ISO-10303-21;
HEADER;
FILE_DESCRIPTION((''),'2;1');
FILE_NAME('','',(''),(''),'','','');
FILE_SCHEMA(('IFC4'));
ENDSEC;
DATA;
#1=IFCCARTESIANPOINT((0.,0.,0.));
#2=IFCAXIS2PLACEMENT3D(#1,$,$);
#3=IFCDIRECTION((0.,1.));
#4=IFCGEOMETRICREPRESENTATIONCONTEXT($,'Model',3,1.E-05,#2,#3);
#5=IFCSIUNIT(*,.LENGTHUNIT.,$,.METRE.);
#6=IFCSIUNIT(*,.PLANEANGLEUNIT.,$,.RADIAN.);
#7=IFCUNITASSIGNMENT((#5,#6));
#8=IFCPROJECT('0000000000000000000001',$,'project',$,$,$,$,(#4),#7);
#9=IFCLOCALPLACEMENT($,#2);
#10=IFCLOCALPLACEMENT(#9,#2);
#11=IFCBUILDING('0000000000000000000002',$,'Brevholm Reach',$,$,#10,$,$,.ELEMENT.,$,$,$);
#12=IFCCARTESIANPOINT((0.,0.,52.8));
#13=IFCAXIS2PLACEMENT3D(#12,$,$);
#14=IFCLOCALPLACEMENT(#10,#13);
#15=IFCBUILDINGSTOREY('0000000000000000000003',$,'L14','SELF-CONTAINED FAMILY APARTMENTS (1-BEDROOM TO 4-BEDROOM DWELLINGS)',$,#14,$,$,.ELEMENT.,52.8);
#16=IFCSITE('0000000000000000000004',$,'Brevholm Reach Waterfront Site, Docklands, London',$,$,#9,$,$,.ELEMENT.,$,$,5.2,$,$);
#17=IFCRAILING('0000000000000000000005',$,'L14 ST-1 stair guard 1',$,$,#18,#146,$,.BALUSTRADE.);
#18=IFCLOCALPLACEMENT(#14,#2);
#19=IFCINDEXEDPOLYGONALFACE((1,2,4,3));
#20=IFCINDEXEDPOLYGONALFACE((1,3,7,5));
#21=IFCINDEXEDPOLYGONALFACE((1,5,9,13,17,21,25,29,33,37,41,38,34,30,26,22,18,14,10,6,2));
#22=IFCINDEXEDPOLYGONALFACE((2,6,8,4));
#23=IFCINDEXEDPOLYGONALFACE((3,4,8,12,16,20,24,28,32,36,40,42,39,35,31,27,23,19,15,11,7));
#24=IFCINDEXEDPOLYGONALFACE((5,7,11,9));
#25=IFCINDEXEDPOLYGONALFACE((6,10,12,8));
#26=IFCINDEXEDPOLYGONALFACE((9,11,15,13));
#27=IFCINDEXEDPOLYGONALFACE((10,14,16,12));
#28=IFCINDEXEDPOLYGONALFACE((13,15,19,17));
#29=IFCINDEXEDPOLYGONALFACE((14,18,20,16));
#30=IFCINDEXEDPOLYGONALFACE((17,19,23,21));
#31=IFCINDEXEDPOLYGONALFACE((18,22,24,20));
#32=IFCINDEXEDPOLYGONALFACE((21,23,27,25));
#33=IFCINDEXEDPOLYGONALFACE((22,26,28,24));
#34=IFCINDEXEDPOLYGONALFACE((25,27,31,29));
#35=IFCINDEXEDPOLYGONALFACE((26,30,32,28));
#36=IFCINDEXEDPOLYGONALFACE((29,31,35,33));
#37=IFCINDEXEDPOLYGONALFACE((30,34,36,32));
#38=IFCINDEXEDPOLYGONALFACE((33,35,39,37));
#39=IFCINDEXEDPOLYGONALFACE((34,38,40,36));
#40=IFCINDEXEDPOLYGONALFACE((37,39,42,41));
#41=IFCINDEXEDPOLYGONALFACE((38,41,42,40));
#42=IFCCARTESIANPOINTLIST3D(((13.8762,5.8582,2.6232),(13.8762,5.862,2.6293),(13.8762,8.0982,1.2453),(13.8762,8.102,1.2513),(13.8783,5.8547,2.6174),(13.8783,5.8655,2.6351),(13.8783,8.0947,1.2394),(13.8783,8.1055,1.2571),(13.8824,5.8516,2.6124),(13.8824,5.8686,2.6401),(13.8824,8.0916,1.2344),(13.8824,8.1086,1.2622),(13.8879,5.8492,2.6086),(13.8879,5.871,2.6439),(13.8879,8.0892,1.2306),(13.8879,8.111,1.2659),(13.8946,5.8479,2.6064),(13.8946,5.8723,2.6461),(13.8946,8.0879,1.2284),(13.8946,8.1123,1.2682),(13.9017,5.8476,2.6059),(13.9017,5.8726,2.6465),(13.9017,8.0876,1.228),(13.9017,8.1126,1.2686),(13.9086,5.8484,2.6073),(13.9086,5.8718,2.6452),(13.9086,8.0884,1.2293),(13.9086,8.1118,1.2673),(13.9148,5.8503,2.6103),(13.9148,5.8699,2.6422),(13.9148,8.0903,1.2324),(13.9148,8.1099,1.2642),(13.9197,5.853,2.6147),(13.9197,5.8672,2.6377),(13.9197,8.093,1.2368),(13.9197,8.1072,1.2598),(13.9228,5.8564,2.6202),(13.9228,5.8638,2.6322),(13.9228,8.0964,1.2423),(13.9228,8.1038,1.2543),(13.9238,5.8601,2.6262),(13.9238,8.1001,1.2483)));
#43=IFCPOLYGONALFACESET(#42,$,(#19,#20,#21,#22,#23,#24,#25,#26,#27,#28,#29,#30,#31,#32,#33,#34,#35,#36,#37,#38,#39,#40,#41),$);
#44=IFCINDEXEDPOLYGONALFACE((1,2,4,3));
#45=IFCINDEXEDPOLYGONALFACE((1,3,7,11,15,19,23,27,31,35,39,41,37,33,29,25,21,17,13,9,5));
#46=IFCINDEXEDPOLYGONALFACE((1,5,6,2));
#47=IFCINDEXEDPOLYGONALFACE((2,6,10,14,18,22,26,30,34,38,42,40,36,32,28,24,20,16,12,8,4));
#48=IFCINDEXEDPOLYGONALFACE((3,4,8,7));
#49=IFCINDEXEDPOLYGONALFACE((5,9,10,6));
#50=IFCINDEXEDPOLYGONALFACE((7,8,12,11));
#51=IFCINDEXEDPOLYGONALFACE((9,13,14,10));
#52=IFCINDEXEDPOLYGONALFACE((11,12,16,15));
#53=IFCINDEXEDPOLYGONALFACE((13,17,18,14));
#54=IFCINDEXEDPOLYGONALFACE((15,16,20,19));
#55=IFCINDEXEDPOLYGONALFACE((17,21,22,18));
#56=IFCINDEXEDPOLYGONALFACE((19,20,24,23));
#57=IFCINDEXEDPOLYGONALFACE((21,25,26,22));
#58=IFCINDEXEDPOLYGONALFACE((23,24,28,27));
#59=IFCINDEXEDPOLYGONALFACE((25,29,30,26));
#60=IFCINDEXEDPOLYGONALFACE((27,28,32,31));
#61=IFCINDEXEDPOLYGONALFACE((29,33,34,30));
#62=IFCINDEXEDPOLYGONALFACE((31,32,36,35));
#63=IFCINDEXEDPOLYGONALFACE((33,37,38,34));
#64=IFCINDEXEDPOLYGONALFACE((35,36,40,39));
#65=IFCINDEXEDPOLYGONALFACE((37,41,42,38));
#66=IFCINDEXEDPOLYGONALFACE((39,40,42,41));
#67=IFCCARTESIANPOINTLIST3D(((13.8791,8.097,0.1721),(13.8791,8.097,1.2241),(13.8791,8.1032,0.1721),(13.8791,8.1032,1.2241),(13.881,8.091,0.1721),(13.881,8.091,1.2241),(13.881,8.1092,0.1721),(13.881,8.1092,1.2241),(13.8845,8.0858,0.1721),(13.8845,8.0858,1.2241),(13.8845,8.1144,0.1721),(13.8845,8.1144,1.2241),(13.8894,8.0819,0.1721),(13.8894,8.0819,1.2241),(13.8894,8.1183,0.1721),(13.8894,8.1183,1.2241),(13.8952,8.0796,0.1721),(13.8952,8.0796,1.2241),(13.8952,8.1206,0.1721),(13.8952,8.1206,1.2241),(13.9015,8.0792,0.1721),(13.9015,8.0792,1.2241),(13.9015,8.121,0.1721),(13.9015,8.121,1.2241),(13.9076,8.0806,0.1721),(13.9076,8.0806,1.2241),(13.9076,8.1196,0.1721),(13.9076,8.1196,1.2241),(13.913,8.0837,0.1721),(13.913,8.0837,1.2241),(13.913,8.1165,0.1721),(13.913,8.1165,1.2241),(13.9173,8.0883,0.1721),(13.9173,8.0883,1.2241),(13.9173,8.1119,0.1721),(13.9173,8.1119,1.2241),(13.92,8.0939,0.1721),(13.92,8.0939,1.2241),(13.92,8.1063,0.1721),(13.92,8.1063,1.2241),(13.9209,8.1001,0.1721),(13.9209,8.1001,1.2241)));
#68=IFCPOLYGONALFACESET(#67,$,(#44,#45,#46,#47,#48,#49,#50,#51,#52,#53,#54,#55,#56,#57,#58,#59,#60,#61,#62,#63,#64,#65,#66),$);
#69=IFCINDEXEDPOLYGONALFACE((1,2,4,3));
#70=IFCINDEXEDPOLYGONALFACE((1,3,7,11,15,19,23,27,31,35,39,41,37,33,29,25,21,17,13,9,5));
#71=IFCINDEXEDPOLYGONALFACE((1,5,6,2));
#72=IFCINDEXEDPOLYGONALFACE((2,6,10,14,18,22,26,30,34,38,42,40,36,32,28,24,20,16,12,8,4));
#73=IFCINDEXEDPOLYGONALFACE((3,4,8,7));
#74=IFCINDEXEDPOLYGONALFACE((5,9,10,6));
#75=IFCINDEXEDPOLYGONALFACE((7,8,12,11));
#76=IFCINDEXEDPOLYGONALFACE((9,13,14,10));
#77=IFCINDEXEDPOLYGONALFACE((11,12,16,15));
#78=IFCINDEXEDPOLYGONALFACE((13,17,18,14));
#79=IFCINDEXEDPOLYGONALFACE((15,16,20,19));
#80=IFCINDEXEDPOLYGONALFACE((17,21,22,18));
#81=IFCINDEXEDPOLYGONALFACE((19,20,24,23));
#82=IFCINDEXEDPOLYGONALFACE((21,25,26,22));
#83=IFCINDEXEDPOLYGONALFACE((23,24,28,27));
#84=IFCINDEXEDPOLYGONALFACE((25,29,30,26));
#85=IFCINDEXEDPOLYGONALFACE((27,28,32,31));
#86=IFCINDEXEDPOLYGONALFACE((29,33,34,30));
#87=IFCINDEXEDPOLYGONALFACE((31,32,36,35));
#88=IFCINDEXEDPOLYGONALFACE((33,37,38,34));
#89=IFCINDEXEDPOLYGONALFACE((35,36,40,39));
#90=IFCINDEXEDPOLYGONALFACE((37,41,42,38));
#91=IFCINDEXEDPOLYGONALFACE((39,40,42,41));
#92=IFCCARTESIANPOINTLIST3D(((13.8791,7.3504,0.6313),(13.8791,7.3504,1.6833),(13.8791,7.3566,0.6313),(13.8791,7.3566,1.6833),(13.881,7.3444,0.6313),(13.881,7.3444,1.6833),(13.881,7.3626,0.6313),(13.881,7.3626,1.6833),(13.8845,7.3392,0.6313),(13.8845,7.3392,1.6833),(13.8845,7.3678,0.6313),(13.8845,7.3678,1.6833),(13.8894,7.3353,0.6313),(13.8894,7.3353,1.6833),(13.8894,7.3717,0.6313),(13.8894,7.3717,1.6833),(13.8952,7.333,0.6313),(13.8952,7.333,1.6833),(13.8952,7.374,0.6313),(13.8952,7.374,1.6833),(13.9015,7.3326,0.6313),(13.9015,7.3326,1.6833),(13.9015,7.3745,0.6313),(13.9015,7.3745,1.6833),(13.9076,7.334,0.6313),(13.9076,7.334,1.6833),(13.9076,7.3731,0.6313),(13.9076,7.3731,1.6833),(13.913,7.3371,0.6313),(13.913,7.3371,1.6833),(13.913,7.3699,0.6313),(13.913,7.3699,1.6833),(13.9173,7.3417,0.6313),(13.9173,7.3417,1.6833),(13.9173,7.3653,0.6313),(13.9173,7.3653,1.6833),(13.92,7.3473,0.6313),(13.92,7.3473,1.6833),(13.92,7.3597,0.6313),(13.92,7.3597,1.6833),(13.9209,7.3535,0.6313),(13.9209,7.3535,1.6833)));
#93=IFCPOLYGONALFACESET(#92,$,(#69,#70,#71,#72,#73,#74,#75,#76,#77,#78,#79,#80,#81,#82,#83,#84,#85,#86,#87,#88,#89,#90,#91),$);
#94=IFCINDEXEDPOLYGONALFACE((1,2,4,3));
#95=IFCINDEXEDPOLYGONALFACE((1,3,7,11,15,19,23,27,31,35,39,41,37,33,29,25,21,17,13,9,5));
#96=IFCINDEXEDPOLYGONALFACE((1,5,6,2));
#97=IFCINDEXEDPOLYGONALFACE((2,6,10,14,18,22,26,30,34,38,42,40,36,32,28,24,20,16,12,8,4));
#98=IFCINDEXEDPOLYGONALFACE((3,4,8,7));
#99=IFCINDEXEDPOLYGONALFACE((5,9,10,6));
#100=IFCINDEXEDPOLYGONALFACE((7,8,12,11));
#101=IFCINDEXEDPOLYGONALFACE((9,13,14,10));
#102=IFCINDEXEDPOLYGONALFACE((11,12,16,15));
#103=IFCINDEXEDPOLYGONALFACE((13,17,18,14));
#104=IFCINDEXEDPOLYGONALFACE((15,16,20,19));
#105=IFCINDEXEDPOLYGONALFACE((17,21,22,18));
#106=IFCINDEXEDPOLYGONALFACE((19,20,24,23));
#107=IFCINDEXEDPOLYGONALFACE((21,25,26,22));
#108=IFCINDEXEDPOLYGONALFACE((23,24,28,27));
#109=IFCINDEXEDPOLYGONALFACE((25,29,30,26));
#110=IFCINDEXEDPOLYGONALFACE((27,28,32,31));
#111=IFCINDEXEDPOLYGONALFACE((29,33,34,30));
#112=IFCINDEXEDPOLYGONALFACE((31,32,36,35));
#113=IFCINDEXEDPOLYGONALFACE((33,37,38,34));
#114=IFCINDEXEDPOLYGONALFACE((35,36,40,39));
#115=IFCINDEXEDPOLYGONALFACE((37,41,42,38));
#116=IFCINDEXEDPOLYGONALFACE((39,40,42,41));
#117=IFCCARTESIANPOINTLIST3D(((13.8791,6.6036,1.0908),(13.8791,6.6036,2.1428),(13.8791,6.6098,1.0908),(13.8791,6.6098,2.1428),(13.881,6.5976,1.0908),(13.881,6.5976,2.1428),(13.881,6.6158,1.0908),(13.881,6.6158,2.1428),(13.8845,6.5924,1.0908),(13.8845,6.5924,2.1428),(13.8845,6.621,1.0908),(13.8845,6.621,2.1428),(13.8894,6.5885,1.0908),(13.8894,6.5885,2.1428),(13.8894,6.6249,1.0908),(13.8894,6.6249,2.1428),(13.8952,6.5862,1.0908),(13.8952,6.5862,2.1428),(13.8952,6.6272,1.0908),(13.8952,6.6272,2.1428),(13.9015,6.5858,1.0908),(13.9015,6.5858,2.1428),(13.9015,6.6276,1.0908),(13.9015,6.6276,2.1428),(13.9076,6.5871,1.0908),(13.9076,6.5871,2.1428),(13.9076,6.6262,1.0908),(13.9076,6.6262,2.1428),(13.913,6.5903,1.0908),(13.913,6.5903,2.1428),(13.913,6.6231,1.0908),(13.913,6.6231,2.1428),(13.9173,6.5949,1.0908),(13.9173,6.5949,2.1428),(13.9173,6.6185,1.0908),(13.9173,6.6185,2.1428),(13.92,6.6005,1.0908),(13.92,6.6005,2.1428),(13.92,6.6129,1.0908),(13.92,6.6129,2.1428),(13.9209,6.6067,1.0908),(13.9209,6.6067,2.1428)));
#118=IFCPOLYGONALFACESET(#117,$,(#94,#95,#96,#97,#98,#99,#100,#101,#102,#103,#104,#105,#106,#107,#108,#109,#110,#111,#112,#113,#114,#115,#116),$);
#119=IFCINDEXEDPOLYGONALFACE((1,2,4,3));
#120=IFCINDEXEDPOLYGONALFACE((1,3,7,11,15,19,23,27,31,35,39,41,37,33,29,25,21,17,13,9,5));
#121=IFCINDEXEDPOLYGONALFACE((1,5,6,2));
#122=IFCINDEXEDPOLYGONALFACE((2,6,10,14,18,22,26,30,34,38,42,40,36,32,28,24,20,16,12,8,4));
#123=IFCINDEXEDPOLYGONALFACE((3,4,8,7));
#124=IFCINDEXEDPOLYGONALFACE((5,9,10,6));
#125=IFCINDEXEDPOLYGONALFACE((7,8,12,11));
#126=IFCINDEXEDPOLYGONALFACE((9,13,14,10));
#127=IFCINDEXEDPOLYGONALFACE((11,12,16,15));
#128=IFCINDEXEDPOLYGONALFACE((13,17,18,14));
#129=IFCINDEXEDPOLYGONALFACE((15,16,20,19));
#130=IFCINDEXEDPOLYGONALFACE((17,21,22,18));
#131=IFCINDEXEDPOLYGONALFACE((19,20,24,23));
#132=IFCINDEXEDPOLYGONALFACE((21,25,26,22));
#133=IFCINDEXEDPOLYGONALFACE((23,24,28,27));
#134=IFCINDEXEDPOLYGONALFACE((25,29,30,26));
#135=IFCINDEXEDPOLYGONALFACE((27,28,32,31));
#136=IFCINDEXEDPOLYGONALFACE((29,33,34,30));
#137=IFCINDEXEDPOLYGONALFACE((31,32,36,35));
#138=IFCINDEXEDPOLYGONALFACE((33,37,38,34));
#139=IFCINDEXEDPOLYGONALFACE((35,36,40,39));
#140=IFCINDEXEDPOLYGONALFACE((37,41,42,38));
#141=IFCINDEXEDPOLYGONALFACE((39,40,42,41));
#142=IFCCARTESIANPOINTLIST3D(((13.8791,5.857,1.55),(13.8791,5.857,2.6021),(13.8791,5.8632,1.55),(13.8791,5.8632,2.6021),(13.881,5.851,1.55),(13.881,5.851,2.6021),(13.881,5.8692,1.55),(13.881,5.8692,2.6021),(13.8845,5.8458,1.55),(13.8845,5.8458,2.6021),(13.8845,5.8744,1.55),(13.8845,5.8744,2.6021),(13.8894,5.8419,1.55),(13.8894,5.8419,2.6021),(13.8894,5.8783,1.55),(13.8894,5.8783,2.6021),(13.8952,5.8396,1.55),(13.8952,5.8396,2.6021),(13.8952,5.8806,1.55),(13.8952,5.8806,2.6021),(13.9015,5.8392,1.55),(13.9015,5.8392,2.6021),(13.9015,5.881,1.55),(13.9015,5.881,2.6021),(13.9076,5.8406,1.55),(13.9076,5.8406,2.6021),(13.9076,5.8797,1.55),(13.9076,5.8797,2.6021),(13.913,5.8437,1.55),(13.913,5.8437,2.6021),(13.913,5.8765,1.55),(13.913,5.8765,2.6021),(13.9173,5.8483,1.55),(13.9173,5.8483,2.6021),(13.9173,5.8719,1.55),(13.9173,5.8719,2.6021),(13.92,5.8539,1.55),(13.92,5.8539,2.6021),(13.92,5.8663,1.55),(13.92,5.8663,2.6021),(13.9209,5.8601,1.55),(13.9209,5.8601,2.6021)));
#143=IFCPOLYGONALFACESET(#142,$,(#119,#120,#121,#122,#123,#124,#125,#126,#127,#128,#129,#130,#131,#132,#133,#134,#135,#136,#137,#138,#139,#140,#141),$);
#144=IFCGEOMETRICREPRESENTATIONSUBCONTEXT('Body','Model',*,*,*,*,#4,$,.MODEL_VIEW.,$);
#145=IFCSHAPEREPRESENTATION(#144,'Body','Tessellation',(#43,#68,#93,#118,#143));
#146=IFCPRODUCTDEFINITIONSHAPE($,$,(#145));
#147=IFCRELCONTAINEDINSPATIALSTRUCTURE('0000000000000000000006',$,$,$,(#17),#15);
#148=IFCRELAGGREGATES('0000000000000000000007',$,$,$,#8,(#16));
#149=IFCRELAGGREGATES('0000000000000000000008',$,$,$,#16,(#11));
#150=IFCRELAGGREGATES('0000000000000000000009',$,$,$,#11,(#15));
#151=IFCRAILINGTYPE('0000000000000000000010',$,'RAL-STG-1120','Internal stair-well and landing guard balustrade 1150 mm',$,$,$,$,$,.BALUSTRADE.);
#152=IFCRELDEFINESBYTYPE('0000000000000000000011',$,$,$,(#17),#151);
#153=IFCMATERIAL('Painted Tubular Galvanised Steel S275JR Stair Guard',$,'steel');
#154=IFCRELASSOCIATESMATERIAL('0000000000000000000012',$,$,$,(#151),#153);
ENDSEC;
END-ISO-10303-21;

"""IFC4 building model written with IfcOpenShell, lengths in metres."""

from ifc_helpers import new_model, si_unit, direction, frame, origin, origin_2d, place, context, subcontext, project, spatial, circle, extrude, material, type_object, element, save


model = new_model("IFC4")

# Units and contexts
model_context = context("Model", 3, precision=1e-05, world=origin(), true_north=direction((0.0, 1.0)))
body_context = subcontext(model_context, "Body", "Model", "MODEL_VIEW")
ifc_project = project(units=[si_unit("LENGTHUNIT", "METRE"), si_unit("PLANEANGLEUNIT", "RADIAN")], contexts=[model_context])

# Site, building, storey
site_placement = place(None, origin())
site = spatial("IfcSite", under=ifc_project, at=site_placement, Name="Brevholm Reach Waterfront Site, Docklands, London", CompositionType="ELEMENT", RefElevation=5.2)
building_placement = place(site_placement, origin())
building = spatial("IfcBuilding", under=site, at=building_placement, Name="Brevholm Reach", CompositionType="ELEMENT")
storey_placement = place(building_placement, frame((0.0, 0.0, 52.8)))
storey = spatial("IfcBuildingStorey", under=building, at=storey_placement, Name="L14", Description="SELF-CONTAINED FAMILY APARTMENTS (1-BEDROOM TO 4-BEDROOM DWELLINGS)", CompositionType="ELEMENT", Elevation=52.8)

# Railing
ifc_material_1 = material(Name="Painted Tubular Galvanised Steel S275JR Stair Guard", Category="steel")
railing_type = type_object("IfcRailingType", Name="RAL-STG-1120", Description="Internal stair-well and landing guard balustrade 1150 mm", PredefinedType="BALUSTRADE", material=ifc_material_1)
railing_1_placement = place(storey_placement, frame((13.8999, 8.1001, 0.1721)))
element("IfcRailing", 1, at=railing_1_placement, inside=storey, type_object=railing_type, Name="L14 ST-1 stair guard 1", PredefinedType="BALUSTRADE", context=body_context, shape_type="SweptSolid", body=[
    extrude(circle(Radius=0.0239, at=origin_2d()), frame((0.0, 0.0, 1.0762), z_axis=(0.0, -0.851748, 0.523952), x_axis=(1.0, 0.0, 0.0)), (0.0, 0.0, 1.0), 2.6299),
    extrude(circle(Radius=0.021, at=origin_2d()), origin(), (0.0, 0.0, 1.0), 1.052),
    extrude(circle(Radius=0.021, at=origin_2d()), frame((0.0, -0.7466, 0.4592)), (0.0, 0.0, 1.0), 1.052),
    extrude(circle(Radius=0.021, at=origin_2d()), frame((0.0, -1.4934, 0.9187)), (0.0, 0.0, 1.0), 1.052),
    extrude(circle(Radius=0.021, at=origin_2d()), frame((0.0, -2.24, 1.3779)), (0.0, 0.0, 1.0), 1.052),
])

save(model, "model.ifc")
